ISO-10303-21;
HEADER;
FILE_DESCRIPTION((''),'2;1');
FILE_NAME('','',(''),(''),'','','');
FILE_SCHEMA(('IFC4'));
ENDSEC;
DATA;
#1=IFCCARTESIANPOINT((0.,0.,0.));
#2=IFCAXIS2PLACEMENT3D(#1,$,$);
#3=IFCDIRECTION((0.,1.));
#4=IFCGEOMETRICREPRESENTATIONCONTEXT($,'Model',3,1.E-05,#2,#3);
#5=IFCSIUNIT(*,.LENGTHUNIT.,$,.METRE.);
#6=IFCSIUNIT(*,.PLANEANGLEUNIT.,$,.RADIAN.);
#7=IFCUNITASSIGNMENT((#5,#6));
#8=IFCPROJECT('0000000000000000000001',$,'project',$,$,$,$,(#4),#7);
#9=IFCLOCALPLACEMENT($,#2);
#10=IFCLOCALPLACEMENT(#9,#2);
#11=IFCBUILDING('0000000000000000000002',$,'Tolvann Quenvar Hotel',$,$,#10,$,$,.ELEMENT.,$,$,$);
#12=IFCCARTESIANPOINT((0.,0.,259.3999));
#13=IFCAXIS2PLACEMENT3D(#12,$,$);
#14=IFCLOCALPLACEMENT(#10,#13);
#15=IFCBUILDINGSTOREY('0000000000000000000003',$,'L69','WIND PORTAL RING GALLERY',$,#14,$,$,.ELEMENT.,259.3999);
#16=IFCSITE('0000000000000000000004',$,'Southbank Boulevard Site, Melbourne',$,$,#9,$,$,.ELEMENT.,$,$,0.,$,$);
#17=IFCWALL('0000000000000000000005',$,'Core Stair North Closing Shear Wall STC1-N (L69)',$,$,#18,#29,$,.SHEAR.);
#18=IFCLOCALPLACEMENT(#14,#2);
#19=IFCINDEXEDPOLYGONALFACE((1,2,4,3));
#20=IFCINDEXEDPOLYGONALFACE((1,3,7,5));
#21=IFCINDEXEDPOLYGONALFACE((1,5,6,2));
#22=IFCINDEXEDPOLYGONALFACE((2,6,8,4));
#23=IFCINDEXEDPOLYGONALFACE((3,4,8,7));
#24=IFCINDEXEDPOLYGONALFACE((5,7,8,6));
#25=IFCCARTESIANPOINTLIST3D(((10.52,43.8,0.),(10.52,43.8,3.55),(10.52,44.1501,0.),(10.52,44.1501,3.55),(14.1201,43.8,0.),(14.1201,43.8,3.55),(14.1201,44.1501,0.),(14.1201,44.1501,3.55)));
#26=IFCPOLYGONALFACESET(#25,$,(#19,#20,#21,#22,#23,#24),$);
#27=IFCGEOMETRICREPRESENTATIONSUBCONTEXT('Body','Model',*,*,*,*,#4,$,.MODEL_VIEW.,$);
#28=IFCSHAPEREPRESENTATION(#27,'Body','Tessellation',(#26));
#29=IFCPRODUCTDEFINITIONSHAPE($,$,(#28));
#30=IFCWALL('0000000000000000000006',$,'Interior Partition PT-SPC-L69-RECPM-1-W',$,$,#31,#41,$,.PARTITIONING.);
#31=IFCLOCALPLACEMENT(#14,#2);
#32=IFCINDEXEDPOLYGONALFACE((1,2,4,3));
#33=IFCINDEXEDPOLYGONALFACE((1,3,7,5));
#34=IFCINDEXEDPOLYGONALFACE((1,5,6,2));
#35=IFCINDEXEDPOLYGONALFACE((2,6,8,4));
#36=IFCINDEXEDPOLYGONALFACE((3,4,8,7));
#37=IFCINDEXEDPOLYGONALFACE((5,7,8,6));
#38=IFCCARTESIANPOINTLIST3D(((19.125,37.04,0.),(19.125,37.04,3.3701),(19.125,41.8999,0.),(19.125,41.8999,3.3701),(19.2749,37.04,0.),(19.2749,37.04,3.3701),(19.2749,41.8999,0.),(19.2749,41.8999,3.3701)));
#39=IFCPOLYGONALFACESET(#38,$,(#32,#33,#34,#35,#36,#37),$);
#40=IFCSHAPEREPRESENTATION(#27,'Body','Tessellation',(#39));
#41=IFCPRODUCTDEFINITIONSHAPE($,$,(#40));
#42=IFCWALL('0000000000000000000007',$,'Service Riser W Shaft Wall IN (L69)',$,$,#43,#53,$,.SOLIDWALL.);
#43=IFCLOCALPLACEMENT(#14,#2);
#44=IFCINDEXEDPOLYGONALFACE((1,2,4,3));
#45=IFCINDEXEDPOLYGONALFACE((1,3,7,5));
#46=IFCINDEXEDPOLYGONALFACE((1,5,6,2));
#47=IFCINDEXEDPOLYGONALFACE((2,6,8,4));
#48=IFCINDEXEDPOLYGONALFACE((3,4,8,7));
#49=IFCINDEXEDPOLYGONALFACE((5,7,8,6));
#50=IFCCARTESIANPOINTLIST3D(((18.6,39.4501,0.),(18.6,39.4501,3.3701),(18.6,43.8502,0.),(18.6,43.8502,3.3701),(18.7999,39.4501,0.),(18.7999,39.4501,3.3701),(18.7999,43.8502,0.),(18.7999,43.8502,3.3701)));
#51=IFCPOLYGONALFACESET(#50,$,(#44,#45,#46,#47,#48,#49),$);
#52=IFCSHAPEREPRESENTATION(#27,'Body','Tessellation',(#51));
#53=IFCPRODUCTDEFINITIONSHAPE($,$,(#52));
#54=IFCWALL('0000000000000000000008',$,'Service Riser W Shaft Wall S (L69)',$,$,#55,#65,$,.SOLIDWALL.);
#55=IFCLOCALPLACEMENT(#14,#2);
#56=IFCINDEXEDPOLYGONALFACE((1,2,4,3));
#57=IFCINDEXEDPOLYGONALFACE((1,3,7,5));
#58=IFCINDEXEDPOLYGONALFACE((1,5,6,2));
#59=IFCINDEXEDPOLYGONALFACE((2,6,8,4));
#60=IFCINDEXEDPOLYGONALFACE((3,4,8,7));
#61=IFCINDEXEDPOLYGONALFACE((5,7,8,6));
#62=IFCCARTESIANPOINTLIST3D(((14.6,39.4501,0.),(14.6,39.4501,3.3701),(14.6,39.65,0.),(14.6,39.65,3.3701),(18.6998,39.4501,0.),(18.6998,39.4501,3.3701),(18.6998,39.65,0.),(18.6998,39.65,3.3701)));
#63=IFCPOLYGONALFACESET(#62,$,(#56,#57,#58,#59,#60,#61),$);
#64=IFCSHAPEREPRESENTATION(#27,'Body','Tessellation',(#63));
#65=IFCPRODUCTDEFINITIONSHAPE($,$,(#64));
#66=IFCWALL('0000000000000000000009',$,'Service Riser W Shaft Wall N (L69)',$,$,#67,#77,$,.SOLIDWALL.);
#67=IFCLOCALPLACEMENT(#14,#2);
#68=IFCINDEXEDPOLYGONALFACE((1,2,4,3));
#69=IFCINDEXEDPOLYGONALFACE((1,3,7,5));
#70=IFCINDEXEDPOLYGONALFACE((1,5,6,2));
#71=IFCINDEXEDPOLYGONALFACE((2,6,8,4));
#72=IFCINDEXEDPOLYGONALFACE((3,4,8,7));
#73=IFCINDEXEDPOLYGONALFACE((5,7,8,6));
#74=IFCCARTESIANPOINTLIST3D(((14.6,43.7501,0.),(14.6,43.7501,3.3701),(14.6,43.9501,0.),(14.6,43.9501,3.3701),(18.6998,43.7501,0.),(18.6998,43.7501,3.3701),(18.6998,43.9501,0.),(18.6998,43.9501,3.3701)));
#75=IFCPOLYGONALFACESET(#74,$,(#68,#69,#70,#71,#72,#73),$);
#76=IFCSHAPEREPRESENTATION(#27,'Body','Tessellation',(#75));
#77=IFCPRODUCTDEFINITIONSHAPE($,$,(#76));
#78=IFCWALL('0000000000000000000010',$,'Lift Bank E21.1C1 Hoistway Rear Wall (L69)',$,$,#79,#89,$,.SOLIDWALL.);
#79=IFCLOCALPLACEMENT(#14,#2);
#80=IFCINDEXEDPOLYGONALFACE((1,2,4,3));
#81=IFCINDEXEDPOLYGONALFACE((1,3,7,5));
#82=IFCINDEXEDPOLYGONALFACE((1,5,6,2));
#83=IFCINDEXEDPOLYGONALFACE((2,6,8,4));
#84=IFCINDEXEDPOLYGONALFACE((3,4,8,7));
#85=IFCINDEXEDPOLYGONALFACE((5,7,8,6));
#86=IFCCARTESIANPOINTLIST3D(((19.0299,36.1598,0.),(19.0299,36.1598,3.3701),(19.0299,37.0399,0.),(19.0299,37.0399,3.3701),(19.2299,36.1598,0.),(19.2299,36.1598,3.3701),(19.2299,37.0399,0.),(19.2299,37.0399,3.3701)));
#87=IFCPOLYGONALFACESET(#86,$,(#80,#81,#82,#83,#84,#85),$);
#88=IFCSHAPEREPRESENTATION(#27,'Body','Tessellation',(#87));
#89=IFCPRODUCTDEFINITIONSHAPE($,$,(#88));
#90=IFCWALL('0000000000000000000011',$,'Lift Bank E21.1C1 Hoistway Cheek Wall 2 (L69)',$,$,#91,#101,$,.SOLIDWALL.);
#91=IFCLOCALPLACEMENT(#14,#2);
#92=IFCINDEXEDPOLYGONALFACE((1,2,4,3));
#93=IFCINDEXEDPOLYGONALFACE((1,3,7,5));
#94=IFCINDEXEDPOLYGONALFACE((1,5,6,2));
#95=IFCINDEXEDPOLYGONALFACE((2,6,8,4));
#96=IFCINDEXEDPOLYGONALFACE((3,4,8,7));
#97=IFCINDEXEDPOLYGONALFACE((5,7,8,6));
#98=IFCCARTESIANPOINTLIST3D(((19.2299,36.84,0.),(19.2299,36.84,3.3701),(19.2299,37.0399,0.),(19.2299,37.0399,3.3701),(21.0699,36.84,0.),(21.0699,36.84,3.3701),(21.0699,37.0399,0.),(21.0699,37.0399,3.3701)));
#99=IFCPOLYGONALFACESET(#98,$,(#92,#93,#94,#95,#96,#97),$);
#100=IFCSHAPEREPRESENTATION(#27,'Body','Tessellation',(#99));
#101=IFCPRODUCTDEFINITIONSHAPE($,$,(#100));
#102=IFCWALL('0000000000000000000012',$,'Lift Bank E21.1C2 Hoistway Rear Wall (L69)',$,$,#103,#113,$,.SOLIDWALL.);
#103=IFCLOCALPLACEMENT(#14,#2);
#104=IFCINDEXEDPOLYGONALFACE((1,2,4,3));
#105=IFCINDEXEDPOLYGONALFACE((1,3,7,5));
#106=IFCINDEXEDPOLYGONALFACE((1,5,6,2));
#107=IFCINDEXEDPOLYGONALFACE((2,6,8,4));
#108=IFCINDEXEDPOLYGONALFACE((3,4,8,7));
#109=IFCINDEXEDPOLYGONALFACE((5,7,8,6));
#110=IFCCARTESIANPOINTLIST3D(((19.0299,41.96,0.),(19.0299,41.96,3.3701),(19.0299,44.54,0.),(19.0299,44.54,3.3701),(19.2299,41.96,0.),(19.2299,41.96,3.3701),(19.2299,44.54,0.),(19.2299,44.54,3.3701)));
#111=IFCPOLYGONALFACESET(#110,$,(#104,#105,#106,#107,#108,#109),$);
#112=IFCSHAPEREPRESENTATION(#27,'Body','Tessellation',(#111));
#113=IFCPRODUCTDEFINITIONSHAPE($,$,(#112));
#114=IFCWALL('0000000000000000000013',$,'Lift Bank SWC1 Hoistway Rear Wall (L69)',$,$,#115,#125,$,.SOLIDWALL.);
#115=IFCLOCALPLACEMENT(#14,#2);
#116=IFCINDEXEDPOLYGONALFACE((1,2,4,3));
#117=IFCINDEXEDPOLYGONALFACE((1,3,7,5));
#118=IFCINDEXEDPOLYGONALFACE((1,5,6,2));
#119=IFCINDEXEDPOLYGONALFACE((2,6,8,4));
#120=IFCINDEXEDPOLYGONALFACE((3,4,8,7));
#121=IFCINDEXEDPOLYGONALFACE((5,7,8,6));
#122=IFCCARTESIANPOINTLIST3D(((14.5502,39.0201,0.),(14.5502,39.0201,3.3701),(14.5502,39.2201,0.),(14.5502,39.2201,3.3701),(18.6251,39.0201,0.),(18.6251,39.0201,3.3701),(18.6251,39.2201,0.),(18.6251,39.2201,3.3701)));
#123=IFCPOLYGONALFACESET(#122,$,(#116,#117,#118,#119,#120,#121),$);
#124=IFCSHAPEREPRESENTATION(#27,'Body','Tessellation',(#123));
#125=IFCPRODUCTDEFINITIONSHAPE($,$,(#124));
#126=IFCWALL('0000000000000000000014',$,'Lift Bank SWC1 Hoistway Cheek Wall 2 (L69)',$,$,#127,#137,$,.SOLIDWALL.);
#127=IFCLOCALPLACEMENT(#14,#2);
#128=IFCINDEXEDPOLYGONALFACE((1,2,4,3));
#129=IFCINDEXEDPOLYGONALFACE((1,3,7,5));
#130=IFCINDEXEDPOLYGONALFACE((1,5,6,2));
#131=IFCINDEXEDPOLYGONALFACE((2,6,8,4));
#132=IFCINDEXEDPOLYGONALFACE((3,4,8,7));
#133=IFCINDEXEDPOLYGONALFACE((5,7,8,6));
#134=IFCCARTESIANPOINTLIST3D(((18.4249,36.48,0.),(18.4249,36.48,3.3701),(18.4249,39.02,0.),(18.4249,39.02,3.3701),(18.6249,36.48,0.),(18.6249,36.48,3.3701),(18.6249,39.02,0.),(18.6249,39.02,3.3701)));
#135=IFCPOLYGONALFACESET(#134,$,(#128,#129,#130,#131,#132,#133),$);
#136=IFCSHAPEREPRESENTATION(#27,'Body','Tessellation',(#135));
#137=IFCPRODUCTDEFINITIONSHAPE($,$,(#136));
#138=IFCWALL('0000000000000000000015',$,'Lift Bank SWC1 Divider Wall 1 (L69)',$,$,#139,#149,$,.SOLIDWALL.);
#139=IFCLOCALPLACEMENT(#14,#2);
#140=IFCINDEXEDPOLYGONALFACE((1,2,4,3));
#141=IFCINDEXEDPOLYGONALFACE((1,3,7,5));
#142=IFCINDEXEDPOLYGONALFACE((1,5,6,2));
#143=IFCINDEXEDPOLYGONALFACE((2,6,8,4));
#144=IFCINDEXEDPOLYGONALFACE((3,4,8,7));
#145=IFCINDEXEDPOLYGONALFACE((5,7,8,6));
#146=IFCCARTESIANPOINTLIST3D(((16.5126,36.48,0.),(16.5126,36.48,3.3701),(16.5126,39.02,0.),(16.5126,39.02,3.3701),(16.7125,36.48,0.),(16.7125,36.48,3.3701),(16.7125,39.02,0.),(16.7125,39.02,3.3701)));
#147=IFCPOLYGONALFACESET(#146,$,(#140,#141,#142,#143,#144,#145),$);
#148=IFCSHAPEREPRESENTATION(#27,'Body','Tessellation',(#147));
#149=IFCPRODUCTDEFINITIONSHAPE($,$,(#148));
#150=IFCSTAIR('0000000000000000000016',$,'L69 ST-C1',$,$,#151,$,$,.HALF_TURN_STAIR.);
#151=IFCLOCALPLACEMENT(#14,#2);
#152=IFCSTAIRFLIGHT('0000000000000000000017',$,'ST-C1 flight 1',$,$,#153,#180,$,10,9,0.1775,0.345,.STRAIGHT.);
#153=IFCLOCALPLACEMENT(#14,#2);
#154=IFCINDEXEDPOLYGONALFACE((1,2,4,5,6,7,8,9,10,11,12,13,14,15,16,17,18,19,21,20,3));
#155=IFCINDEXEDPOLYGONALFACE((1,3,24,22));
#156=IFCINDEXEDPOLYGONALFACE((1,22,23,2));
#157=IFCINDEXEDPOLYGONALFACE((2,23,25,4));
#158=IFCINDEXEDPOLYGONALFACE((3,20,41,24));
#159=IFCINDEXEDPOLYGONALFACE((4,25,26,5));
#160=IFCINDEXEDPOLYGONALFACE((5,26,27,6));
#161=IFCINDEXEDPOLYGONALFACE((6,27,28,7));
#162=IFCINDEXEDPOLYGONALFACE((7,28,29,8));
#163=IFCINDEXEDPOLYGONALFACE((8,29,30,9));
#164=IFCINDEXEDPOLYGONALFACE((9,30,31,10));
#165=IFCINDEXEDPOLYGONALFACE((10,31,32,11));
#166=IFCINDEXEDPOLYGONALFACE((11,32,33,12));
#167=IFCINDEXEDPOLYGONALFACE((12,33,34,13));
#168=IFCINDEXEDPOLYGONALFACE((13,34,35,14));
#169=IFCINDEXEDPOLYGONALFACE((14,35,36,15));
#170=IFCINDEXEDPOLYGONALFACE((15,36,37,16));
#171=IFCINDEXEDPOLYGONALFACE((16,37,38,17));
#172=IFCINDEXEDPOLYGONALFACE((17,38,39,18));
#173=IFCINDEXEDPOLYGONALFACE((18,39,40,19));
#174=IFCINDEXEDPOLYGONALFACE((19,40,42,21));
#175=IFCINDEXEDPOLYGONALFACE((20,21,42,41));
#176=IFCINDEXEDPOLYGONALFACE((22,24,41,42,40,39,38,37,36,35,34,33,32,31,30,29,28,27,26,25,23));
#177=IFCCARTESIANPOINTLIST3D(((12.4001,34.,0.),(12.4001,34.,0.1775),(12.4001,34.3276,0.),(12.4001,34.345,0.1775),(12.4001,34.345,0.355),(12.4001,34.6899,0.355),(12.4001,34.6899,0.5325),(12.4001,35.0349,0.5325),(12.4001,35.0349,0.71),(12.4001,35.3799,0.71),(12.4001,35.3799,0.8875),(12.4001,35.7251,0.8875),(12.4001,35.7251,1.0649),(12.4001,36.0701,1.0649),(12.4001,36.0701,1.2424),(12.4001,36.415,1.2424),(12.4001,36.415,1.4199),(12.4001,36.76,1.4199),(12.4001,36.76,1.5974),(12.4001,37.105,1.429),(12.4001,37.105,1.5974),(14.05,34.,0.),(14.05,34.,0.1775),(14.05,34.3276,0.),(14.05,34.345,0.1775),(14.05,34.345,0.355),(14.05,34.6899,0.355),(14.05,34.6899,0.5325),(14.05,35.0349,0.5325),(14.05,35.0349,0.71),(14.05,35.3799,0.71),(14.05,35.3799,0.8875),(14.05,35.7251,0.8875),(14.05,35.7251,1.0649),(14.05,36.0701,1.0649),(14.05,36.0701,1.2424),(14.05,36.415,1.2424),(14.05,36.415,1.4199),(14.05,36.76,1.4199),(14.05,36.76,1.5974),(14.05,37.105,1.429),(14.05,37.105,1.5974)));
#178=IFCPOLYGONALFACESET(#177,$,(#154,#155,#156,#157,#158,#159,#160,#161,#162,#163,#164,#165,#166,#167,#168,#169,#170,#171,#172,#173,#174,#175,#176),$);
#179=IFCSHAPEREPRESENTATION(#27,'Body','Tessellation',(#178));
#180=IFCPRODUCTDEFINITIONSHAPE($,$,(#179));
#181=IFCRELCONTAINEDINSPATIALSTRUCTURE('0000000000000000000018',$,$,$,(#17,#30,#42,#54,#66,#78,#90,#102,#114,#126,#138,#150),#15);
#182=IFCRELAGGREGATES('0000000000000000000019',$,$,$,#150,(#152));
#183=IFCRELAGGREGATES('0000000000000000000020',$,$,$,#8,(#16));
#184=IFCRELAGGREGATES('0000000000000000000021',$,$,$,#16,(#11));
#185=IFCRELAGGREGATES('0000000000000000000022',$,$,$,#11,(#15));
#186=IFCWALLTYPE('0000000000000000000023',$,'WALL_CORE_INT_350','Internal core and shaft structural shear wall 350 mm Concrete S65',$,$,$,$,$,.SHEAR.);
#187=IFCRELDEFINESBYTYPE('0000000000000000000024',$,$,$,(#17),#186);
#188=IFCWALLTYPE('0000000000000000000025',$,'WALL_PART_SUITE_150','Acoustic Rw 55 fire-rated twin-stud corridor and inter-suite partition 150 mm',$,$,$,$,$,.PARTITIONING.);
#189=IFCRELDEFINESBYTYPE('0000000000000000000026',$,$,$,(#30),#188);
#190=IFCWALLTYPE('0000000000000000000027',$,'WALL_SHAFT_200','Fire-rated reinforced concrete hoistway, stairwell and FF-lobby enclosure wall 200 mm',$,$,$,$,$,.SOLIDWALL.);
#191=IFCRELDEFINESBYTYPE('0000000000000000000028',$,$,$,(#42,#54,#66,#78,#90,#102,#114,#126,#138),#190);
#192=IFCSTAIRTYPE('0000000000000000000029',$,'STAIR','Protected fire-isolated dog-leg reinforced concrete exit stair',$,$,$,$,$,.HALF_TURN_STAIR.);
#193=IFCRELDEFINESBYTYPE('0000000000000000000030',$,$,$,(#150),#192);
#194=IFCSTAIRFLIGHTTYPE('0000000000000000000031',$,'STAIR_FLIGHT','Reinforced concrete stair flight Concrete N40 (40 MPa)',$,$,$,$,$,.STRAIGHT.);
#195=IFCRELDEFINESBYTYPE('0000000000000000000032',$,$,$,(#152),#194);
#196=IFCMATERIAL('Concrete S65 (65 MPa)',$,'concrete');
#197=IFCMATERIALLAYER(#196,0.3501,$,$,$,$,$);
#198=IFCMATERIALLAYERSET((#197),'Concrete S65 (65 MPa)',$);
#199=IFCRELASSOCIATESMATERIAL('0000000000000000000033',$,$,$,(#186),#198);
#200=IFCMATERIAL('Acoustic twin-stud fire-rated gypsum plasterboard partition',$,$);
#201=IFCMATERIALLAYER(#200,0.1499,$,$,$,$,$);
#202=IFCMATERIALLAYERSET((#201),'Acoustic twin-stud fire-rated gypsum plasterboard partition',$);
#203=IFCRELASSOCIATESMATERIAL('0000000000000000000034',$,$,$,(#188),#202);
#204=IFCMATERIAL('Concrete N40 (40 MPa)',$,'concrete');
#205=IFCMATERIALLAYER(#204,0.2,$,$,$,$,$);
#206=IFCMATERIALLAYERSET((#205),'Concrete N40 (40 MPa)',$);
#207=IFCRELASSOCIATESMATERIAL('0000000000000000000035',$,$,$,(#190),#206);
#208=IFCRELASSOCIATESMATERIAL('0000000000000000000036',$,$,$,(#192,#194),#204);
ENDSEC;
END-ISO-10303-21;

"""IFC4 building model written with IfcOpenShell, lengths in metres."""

from ifc_helpers import new_model, si_unit, direction, frame, frame_2d, origin, place, context, subcontext, project, spatial, polyline, rectangle, outline, extrude, material, layer, layer_set, type_object, element, aggregate, save


model = new_model("IFC4")

# Units and contexts
model_context = context("Model", 3, precision=1e-05, world=origin(), true_north=direction((0.0, 1.0)))
body_context = subcontext(model_context, "Body", "Model", "MODEL_VIEW")
ifc_project = project(units=[si_unit("LENGTHUNIT", "METRE"), si_unit("PLANEANGLEUNIT", "RADIAN")], contexts=[model_context])

# Site, building, storey
site_placement = place(None, origin())
site = spatial("IfcSite", under=ifc_project, at=site_placement, Name="Southbank Boulevard Site, Melbourne", CompositionType="ELEMENT", RefElevation=0.0)
building_placement = place(site_placement, origin())
building = spatial("IfcBuilding", under=site, at=building_placement, Name="Tolvann Quenvar Hotel", CompositionType="ELEMENT")
storey_placement = place(building_placement, frame((0.0, 0.0, 259.3999)))
storey = spatial("IfcBuildingStorey", under=building, at=storey_placement, Name="L69", Description="WIND PORTAL RING GALLERY", CompositionType="ELEMENT", Elevation=259.3999)

# Walls
ifc_material_1 = material(Name="Concrete S65 (65 MPa)", Category="concrete")
ifc_layer_1 = layer(ifc_material_1, 0.3501)
ifc_layer_set_1 = layer_set([ifc_layer_1], Name="Concrete S65 (65 MPa)")
wall_type_1 = type_object("IfcWallType", Name="WALL_CORE_INT_350", Description="Internal core and shaft structural shear wall 350 mm Concrete S65", PredefinedType="SHEAR", material=ifc_layer_set_1)
wall_1_placement = place(storey_placement, frame((10.52, 43.9751, 0.0), z_axis=(0.0, 0.0, 1.0), x_axis=(1.0, 0.0, 0.0)))
element("IfcWall", 1, at=wall_1_placement, inside=storey, type_object=wall_type_1, Name="Core Stair North Closing Shear Wall STC1-N (L69)", PredefinedType="SHEAR", context=body_context, shape_type="SweptSolid", body=[
    extrude(rectangle(XDim=3.6001, YDim=0.3501, at=frame_2d((1.8, 0.0))), origin(), (0.0, 0.0, 1.0), 3.55),
])
ifc_material_2 = material(Name="Acoustic twin-stud fire-rated gypsum plasterboard partition")
ifc_layer_2 = layer(ifc_material_2, 0.1499)
ifc_layer_set_2 = layer_set([ifc_layer_2], Name="Acoustic twin-stud fire-rated gypsum plasterboard partition")
wall_type_2 = type_object("IfcWallType", Name="WALL_PART_SUITE_150", Description="Acoustic Rw 55 fire-rated twin-stud corridor and inter-suite partition 150 mm", PredefinedType="PARTITIONING", material=ifc_layer_set_2)
wall_2_placement = place(storey_placement, frame((19.2, 37.04, 0.0), z_axis=(0.0, 0.0, 1.0), x_axis=(0.0, 1.0, 0.0)))
element("IfcWall", 2, at=wall_2_placement, inside=storey, type_object=wall_type_2, Name="Interior Partition PT-SPC-L69-RECPM-1-W", PredefinedType="PARTITIONING", context=body_context, shape_type="SweptSolid", body=[
    extrude(rectangle(XDim=4.8599, YDim=0.1499, at=frame_2d((2.4299, 0.0))), origin(), (0.0, 0.0, 1.0), 3.3701),
])
ifc_material_3 = material(Name="Concrete N40 (40 MPa)", Category="concrete")
ifc_layer_3 = layer(ifc_material_3, 0.2)
ifc_layer_set_3 = layer_set([ifc_layer_3], Name="Concrete N40 (40 MPa)")
wall_type_3 = type_object("IfcWallType", Name="WALL_SHAFT_200", Description="Fire-rated reinforced concrete hoistway, stairwell and FF-lobby enclosure wall 200 mm", PredefinedType="SOLIDWALL", material=ifc_layer_set_3)
wall_3_placement = place(storey_placement, frame((18.7, 39.45, 0.0), z_axis=(0.0, 0.0, 1.0), x_axis=(0.0, 1.0, 0.0)))
element("IfcWall", 3, at=wall_3_placement, inside=storey, type_object=wall_type_3, Name="Service Riser W Shaft Wall IN (L69)", PredefinedType="SOLIDWALL", context=body_context, shape_type="SweptSolid", body=[
    extrude(rectangle(XDim=4.4001, YDim=0.2, at=frame_2d((2.2002, 0.0))), origin(), (0.0, 0.0, 1.0), 3.3701),
])
for number, where, z_axis, x_axis, name in (
    (4, (14.6001, 39.55, 0.0), (0.0, 0.0, 1.0), (1.0, 0.0, 0.0), "Service Riser W Shaft Wall S (L69)"),
    (5, (14.6001, 43.8501, 0.0), (0.0, 0.0, 1.0), (1.0, 0.0, 0.0), "Service Riser W Shaft Wall N (L69)"),
):
    element("IfcWall", number, at=place(storey_placement, frame(where, z_axis=z_axis, x_axis=x_axis)), inside=storey, type_object=wall_type_3, Name=name, PredefinedType="SOLIDWALL", context=body_context, shape_type="SweptSolid", body=[
        extrude(rectangle(XDim=4.0999, YDim=0.2, at=frame_2d((2.0498, 0.0))), origin(), (0.0, 0.0, 1.0), 3.3701),
    ])
wall_4_placement = place(storey_placement, frame((19.1299, 36.1599, 0.0), z_axis=(0.0, 0.0, 1.0), x_axis=(0.0, 1.0, 0.0)))
element("IfcWall", 6, at=wall_4_placement, inside=storey, type_object=wall_type_3, Name="Lift Bank E21.1C1 Hoistway Rear Wall (L69)", PredefinedType="SOLIDWALL", context=body_context, shape_type="SweptSolid", body=[
    extrude(rectangle(XDim=0.8801, YDim=0.2, at=frame_2d((0.4399, 0.0))), origin(), (0.0, 0.0, 1.0), 3.3701),
])
wall_5_placement = place(storey_placement, frame((19.23, 36.9399, 0.0), z_axis=(0.0, 0.0, 1.0), x_axis=(1.0, 0.0, 0.0)))
element("IfcWall", 7, at=wall_5_placement, inside=storey, type_object=wall_type_3, Name="Lift Bank E21.1C1 Hoistway Cheek Wall 2 (L69)", PredefinedType="SOLIDWALL", context=body_context, shape_type="SweptSolid", body=[
    extrude(rectangle(XDim=1.8401, YDim=0.2, at=frame_2d((0.9199, 0.0))), origin(), (0.0, 0.0, 1.0), 3.3701),
])
wall_6_placement = place(storey_placement, frame((19.1299, 41.96, 0.0), z_axis=(0.0, 0.0, 1.0), x_axis=(0.0, 1.0, 0.0)))
element("IfcWall", 8, at=wall_6_placement, inside=storey, type_object=wall_type_3, Name="Lift Bank E21.1C2 Hoistway Rear Wall (L69)", PredefinedType="SOLIDWALL", context=body_context, shape_type="SweptSolid", body=[
    extrude(rectangle(XDim=2.5801, YDim=0.2, at=frame_2d((1.29, 0.0))), origin(), (0.0, 0.0, 1.0), 3.3701),
])

# Walls
wall_7_placement = place(storey_placement, frame((14.55, 39.1201, 0.0), z_axis=(0.0, 0.0, 1.0), x_axis=(1.0, 0.0, 0.0)))
element("IfcWall", 9, at=wall_7_placement, inside=storey, type_object=wall_type_3, Name="Lift Bank SWC1 Hoistway Rear Wall (L69)", PredefinedType="SOLIDWALL", context=body_context, shape_type="SweptSolid", body=[
    extrude(rectangle(XDim=4.075, YDim=0.2, at=frame_2d((2.0376, 0.0))), origin(), (0.0, 0.0, 1.0), 3.3701),
])
for number, where, z_axis, x_axis, name in (
    (10, (18.5249, 36.48, 0.0), (0.0, 0.0, 1.0), (0.0, 1.0, 0.0), "Lift Bank SWC1 Hoistway Cheek Wall 2 (L69)"),
    (11, (16.6125, 36.48, 0.0), (0.0, 0.0, 1.0), (0.0, 1.0, 0.0), "Lift Bank SWC1 Divider Wall 1 (L69)"),
):
    element("IfcWall", number, at=place(storey_placement, frame(where, z_axis=z_axis, x_axis=x_axis)), inside=storey, type_object=wall_type_3, Name=name, PredefinedType="SOLIDWALL", context=body_context, shape_type="SweptSolid", body=[
        extrude(rectangle(XDim=2.54, YDim=0.2, at=frame_2d((1.27, 0.0))), origin(), (0.0, 0.0, 1.0), 3.3701),
    ])

# Stair, stair flight
stair_type = type_object("IfcStairType", Name="STAIR", Description="Protected fire-isolated dog-leg reinforced concrete exit stair", PredefinedType="HALF_TURN_STAIR", material=ifc_material_3)
stair_placement = place(storey_placement, origin())
stair = element("IfcStair", 12, at=stair_placement, inside=storey, type_object=stair_type, Name="L69 ST-C1", PredefinedType="HALF_TURN_STAIR")
stair_flight_type = type_object("IfcStairFlightType", Name="STAIR_FLIGHT", Description="Reinforced concrete stair flight Concrete N40 (40 MPa)", PredefinedType="STRAIGHT", material=ifc_material_3)
stair_flight_1_placement = place(storey_placement, frame((13.2251, 34.0, 0.0), z_axis=(0.0, 0.0, 1.0), x_axis=(0.0, 1.0, 0.0)))
stair_flight_1 = element("IfcStairFlight", 13, at=stair_flight_1_placement, type_object=stair_flight_type, Name="ST-C1 flight 1", NumberOfRisers=10, NumberOfTreads=9, PredefinedType="STRAIGHT", RiserHeight=0.1775, TreadLength=0.345, context=body_context, shape_type="SweptSolid", body=[
    extrude(outline(polyline([(0.0, 0.0), (0.0, 0.1775), (0.345, 0.1775), (0.345, 0.355), (0.6899, 0.355), (0.6899, 0.5325), (1.0349, 0.5325), (1.0349, 0.71), (1.3799, 0.71), (1.3799, 0.8875), (1.7251, 0.8875), (1.7251, 1.0649), (2.0701, 1.0649), (2.0701, 1.2424), (2.415, 1.2424), (2.415, 1.4199), (2.76, 1.4199), (2.76, 1.5974), (3.105, 1.5974), (3.105, 1.7749), (3.105, 1.429), (0.3276, 0.0), (0.0, 0.0)])), frame((0.0, 0.825, 0.0), z_axis=(0.0, -1.0, 0.0), x_axis=(1.0, 0.0, 0.0)), (0.0, 0.0, 1.0), 1.6499),
])
aggregate(stair, [stair_flight_1])

save(model, "model.ifc")
